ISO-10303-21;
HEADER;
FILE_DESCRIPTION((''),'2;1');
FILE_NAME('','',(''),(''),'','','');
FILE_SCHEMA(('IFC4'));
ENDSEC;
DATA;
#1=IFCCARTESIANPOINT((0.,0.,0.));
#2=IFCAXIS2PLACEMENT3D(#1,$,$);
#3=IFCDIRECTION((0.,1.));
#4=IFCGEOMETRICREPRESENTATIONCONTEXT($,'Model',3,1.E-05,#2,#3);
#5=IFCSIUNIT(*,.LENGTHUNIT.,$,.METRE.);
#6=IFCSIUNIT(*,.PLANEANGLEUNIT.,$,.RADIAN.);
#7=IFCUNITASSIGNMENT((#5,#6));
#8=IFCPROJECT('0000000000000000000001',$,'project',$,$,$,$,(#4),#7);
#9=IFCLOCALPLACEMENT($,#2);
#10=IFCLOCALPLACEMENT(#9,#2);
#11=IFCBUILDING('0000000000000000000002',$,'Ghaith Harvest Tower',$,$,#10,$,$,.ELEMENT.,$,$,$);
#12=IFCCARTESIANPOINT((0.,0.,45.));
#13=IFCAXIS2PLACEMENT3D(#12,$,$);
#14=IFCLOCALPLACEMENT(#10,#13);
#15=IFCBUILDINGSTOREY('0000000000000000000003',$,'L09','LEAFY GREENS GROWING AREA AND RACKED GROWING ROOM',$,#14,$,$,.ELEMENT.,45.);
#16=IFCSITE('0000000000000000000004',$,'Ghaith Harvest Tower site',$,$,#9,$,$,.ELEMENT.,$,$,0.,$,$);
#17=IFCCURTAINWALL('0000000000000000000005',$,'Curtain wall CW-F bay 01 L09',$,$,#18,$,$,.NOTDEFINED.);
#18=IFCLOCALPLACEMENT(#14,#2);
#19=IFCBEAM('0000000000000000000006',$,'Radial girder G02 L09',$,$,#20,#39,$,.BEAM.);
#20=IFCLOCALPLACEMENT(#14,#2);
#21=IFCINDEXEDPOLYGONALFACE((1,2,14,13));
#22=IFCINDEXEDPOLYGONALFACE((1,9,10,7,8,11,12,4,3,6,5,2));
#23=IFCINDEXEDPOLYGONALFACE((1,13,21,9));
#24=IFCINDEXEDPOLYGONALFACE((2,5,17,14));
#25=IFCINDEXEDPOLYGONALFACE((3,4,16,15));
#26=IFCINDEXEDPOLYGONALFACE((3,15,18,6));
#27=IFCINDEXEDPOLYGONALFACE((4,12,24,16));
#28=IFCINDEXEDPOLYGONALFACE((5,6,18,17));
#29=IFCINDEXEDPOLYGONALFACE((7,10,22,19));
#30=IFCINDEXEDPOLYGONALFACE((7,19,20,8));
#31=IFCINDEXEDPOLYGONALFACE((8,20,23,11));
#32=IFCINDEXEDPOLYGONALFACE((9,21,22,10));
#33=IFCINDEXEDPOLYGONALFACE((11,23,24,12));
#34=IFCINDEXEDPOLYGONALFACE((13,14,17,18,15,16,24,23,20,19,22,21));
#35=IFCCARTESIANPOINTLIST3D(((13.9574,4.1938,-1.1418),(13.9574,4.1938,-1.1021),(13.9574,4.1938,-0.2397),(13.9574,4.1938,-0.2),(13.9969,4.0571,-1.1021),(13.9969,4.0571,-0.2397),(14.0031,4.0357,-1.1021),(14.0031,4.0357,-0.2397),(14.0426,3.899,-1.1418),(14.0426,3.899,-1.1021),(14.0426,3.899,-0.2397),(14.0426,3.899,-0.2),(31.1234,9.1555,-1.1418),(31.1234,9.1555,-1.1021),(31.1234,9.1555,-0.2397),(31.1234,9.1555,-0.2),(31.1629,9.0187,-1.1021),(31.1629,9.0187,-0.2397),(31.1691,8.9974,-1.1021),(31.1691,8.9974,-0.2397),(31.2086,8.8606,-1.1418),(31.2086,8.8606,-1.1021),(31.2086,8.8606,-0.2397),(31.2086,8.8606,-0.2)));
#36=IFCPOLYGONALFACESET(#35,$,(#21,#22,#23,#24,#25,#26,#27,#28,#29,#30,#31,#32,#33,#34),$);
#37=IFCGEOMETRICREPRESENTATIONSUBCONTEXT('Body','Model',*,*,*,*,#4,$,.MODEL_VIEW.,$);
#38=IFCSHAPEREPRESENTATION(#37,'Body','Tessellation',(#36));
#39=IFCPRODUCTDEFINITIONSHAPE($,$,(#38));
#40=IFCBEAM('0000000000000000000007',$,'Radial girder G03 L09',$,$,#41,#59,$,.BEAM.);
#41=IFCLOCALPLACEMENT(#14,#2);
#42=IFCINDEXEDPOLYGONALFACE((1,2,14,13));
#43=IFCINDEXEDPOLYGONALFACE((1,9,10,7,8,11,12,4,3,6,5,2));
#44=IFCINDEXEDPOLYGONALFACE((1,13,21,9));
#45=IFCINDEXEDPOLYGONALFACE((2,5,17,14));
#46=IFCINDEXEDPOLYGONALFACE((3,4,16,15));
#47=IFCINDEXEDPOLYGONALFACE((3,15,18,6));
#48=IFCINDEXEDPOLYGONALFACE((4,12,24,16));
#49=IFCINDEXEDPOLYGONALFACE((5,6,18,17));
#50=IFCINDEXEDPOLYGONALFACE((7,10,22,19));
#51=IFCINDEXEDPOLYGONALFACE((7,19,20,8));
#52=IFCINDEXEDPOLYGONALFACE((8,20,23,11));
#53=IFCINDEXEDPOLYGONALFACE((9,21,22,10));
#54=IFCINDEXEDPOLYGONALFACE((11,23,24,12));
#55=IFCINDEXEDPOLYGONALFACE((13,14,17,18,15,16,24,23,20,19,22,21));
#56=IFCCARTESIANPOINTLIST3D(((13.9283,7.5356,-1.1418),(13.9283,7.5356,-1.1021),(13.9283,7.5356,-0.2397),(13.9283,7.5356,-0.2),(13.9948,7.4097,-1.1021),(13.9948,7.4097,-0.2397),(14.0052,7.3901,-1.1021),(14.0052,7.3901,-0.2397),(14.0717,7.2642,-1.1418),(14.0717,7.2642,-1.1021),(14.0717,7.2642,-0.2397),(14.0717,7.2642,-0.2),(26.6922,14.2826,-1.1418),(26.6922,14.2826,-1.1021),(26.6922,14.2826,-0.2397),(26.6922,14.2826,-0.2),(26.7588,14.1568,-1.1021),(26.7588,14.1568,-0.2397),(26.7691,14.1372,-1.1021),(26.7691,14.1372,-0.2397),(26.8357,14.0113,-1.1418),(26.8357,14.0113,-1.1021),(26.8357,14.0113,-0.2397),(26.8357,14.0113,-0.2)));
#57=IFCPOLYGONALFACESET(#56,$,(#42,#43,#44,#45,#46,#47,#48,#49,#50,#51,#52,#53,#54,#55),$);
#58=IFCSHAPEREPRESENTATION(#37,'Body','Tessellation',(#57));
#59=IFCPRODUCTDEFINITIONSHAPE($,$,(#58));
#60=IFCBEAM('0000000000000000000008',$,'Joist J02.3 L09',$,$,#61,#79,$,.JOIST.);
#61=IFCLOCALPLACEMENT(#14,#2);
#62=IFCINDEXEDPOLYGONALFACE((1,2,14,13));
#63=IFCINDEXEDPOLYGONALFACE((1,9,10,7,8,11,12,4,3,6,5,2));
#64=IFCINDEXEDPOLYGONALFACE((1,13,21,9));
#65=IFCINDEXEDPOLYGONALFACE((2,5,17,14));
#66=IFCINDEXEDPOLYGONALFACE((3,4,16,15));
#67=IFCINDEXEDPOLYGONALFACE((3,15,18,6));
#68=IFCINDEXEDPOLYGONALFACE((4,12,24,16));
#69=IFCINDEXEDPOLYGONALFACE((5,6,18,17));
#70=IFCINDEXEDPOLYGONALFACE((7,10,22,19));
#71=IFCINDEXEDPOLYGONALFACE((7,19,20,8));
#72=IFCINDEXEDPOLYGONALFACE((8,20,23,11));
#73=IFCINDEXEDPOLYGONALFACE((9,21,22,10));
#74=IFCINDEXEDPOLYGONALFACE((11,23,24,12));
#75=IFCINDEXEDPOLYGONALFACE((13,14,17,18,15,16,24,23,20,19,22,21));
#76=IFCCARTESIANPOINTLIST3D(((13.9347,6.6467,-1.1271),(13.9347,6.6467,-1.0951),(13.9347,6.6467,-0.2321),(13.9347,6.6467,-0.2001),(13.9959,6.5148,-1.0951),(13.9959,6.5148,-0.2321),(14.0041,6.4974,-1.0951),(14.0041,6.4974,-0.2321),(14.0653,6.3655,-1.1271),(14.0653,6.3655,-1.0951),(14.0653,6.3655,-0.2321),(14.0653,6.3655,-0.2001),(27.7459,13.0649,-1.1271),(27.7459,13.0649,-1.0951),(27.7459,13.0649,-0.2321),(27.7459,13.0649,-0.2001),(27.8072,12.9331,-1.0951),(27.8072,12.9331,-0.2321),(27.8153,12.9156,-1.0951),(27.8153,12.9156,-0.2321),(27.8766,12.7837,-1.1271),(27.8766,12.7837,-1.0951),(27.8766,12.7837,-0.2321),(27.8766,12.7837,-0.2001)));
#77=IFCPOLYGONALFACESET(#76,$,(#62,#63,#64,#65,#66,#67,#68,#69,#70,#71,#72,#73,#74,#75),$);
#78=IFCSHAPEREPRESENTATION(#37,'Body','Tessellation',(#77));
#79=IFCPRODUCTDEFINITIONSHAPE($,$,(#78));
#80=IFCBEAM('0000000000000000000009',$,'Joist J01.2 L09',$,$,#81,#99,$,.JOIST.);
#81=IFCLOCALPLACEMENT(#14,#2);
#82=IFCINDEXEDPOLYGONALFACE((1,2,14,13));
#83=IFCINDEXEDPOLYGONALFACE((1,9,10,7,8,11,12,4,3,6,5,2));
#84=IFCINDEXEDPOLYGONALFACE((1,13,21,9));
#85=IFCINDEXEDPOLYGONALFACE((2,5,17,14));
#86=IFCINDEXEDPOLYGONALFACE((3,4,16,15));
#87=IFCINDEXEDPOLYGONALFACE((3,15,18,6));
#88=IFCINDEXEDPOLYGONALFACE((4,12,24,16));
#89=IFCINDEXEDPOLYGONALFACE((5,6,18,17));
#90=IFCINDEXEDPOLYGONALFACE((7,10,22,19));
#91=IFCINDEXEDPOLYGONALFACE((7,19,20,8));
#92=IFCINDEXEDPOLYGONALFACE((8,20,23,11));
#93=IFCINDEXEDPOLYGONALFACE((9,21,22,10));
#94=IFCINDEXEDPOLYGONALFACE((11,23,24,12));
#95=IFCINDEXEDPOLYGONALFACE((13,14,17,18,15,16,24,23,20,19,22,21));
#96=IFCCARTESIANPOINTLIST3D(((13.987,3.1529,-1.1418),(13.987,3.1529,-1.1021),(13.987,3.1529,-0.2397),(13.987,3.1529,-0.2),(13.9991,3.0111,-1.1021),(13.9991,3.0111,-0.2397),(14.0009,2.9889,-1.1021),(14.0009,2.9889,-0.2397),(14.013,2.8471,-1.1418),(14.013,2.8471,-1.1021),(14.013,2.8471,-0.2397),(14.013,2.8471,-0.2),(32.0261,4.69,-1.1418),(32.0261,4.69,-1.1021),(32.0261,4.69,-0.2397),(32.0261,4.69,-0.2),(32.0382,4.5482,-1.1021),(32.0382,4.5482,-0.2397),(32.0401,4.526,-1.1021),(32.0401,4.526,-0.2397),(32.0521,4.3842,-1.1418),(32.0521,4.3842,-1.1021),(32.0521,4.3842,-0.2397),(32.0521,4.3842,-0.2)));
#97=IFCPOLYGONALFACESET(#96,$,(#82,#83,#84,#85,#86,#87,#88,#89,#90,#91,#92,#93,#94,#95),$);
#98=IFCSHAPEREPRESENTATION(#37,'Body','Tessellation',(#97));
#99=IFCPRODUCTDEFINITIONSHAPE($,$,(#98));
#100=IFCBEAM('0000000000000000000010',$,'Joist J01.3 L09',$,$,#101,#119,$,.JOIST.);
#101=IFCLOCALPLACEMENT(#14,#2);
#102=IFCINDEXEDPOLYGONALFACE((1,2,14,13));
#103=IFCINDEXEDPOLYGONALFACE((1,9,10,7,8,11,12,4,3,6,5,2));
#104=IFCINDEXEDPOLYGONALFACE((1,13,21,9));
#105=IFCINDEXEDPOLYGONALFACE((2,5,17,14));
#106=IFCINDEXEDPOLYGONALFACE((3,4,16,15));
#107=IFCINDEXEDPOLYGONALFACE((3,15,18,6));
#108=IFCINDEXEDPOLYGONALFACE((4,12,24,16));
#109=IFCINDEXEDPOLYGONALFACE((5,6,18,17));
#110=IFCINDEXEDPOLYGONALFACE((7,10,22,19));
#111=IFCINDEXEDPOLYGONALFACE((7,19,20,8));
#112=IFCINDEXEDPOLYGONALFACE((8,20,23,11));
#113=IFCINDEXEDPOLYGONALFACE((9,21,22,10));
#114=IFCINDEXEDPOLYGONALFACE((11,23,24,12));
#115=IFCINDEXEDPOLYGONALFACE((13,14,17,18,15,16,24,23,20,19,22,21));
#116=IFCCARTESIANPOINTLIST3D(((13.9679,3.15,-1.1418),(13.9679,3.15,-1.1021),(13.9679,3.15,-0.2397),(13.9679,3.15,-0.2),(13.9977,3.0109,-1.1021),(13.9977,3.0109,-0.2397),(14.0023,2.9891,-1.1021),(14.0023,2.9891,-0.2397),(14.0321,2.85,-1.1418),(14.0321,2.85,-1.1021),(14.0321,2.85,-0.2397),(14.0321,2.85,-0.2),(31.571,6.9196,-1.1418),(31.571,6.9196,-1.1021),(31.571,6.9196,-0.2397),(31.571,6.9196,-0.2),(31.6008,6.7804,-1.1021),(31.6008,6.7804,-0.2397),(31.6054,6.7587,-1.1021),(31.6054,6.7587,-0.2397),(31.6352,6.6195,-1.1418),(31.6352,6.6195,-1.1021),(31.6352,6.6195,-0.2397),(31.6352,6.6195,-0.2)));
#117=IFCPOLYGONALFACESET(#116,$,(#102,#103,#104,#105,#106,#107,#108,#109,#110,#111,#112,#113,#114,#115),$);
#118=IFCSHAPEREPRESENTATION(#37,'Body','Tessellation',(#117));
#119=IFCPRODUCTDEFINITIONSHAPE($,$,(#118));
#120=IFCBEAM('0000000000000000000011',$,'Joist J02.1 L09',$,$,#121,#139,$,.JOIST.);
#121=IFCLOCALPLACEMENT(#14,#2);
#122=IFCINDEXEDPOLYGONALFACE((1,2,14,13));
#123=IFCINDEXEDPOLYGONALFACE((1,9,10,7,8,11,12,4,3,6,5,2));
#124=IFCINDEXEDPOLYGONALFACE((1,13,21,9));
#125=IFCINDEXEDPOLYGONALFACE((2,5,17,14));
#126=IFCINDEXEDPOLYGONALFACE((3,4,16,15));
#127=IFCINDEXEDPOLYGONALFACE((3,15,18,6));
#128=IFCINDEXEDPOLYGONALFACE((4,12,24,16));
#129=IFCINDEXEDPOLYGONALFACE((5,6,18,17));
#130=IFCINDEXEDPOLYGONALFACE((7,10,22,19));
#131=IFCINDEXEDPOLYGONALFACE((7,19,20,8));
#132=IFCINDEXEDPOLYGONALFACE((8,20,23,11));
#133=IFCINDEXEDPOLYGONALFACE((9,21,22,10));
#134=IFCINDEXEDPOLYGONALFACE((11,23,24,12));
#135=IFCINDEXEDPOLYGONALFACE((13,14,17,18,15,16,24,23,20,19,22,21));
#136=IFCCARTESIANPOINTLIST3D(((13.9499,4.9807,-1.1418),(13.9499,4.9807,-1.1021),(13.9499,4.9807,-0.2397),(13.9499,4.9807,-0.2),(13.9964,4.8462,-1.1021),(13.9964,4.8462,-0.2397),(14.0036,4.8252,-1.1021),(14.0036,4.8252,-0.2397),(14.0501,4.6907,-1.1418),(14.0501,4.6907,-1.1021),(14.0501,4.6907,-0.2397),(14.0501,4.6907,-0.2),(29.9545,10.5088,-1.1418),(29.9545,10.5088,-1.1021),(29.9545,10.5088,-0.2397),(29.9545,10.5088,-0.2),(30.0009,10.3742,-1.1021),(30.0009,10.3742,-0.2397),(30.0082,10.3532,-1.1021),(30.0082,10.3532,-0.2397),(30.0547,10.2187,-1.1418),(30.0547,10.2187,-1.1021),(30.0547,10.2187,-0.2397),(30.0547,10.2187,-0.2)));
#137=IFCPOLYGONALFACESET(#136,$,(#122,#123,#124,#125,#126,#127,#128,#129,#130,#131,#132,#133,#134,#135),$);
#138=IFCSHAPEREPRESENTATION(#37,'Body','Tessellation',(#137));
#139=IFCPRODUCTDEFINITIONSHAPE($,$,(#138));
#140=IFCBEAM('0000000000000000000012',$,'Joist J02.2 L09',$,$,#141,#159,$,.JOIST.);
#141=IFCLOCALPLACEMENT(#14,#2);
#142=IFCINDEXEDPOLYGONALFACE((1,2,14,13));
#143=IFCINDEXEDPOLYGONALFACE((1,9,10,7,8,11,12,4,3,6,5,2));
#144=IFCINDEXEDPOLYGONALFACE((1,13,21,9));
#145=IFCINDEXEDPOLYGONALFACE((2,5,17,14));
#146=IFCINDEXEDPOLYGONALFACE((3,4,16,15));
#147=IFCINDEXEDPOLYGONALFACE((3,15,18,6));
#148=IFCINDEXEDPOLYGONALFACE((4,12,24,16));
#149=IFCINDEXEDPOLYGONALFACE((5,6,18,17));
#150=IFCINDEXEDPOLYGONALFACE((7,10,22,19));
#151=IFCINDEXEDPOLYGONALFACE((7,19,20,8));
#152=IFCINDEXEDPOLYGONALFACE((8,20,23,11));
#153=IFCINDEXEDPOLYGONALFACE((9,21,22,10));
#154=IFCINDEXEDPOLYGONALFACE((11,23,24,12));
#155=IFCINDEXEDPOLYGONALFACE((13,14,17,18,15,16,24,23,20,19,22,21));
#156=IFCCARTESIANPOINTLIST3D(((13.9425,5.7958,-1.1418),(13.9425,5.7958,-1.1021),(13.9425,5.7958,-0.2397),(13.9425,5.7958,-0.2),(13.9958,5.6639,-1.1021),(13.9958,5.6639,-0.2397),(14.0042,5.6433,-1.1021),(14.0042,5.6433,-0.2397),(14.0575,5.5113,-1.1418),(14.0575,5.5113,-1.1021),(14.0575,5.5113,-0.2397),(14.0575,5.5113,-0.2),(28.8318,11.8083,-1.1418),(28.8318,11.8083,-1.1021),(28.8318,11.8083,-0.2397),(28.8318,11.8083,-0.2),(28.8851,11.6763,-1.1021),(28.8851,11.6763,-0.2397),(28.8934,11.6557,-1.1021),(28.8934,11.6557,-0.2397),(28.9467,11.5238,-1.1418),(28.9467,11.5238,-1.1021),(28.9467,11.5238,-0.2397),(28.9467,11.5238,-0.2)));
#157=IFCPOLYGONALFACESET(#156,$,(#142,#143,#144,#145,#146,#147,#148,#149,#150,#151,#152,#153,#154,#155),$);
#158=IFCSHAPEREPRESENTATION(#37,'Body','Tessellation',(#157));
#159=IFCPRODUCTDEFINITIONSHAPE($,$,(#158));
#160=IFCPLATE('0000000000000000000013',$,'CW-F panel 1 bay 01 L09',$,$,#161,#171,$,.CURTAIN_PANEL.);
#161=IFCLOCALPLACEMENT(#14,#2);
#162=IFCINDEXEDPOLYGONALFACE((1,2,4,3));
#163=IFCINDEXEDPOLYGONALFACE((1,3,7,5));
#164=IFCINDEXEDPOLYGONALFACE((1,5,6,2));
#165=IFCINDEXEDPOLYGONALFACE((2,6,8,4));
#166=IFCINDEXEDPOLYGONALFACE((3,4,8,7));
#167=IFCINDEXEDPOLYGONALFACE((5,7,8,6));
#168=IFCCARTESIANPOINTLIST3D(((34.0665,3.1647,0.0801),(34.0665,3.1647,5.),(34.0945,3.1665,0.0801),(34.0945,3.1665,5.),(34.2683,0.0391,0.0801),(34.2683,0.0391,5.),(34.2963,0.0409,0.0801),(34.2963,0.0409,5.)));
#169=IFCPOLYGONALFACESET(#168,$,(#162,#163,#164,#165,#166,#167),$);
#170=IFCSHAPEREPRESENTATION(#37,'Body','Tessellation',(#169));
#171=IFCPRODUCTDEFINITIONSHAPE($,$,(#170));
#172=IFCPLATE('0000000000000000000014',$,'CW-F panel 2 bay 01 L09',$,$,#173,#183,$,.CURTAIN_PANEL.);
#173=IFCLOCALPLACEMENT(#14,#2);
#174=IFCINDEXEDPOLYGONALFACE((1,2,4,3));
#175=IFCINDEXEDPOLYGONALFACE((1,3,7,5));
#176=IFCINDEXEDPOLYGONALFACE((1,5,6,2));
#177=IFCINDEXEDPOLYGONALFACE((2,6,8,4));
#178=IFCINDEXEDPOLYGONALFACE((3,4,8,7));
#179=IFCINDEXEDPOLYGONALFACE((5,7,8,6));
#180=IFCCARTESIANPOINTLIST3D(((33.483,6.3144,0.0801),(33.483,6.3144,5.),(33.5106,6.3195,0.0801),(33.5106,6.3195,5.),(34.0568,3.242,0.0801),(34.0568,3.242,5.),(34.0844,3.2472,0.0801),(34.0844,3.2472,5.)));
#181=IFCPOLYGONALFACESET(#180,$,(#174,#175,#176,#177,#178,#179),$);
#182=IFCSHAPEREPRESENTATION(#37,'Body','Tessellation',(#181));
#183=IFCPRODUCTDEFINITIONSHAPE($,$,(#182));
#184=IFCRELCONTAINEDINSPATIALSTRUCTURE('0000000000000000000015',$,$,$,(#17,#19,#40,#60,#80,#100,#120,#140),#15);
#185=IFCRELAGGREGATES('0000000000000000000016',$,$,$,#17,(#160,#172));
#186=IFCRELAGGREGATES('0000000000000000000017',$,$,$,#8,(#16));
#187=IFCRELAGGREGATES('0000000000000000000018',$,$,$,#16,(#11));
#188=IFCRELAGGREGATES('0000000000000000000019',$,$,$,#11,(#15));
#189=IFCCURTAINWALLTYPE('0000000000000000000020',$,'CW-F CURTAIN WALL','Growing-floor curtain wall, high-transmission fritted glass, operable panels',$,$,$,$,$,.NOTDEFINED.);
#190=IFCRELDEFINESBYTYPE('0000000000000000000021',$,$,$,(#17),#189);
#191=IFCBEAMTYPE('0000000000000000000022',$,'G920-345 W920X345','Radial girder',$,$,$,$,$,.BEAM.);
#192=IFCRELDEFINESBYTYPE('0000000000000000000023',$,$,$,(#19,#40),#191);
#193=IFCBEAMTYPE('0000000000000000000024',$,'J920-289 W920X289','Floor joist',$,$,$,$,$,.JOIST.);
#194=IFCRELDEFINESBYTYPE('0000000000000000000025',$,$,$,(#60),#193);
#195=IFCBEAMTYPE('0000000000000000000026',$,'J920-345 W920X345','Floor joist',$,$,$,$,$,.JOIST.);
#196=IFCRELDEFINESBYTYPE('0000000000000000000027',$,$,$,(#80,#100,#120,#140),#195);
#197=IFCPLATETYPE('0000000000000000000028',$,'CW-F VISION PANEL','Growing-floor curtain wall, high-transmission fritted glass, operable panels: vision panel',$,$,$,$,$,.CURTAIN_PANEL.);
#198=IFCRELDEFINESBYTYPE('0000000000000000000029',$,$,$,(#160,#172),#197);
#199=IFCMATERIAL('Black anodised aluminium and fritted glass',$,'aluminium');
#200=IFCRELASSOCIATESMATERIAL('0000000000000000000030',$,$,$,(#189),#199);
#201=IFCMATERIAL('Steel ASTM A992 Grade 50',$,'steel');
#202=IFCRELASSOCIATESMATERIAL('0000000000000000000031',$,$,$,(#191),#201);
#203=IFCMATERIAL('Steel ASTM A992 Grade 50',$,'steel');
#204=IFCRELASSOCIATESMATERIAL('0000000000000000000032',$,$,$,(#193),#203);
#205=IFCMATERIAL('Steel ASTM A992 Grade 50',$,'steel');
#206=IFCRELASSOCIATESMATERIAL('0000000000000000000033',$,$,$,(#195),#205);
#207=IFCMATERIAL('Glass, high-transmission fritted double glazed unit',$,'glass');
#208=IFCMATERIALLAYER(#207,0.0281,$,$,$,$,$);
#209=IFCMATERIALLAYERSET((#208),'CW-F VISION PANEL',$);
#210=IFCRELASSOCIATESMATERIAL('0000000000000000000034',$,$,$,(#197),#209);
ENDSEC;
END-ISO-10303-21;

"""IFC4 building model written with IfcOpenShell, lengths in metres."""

from ifc_helpers import new_model, si_unit, direction, frame, origin, origin_2d, place, context, subcontext, project, spatial, rectangle, i_section, extrude, material, layer, layer_set, material_profile, profile_set, type_object, element, aggregate, save


model = new_model("IFC4")

# Units and contexts
model_context = context("Model", 3, precision=1e-05, world=origin(), true_north=direction((0.0, 1.0)))
body_context = subcontext(model_context, "Body", "Model", "MODEL_VIEW")
ifc_project = project(units=[si_unit("LENGTHUNIT", "METRE"), si_unit("PLANEANGLEUNIT", "RADIAN")], contexts=[model_context])

# Site, building, storey
site_placement = place(None, origin())
site = spatial("IfcSite", under=ifc_project, at=site_placement, Name="Ghaith Harvest Tower site", CompositionType="ELEMENT", RefElevation=0.0)
building_placement = place(site_placement, origin())
building = spatial("IfcBuilding", under=site, at=building_placement, Name="Ghaith Harvest Tower", CompositionType="ELEMENT")
storey_placement = place(building_placement, frame((0.0, 0.0, 45.0)))
storey = spatial("IfcBuildingStorey", under=building, at=storey_placement, Name="L09", Description="LEAFY GREENS GROWING AREA AND RACKED GROWING ROOM", CompositionType="ELEMENT", Elevation=45.0)

# Curtain wall
ifc_material_1 = material(Name="Black anodised aluminium and fritted glass", Category="aluminium")
curtain_wall_type = type_object("IfcCurtainWallType", Name="CW-F CURTAIN WALL", Description="Growing-floor curtain wall, high-transmission fritted glass, operable panels", PredefinedType="NOTDEFINED", material=ifc_material_1)
curtain_wall_1_placement = place(storey_placement, origin())
curtain_wall_1 = element("IfcCurtainWall", 1, at=curtain_wall_1_placement, inside=storey, type_object=curtain_wall_type, Name="Curtain wall CW-F bay 01 L09", PredefinedType="NOTDEFINED")

# Beams
ifc_material_2 = material(Name="Steel ASTM A992 Grade 50", Category="steel")
ifc_material_profile_1 = material_profile(ifc_material_2, i_section(OverallWidth=0.3069, OverallDepth=0.9419, WebThickness=0.0222, FlangeThickness=0.0398, at=origin_2d()), Name="W920X345")
ifc_profile_set_1 = profile_set([ifc_material_profile_1], Name="Steel ASTM A992 Grade 50")
beam_type_1 = type_object("IfcBeamType", Name="G920-345 W920X345", Description="Radial girder", PredefinedType="BEAM", material=ifc_profile_set_1)
beam_1_placement = place(storey_placement, frame((14.0, 4.0464, -0.6709), z_axis=(0.960675, 0.277674, 0.0), x_axis=(-0.277674, 0.960675, 0.0)))
element("IfcBeam", 2, at=beam_1_placement, inside=storey, type_object=beam_type_1, Name="Radial girder G02 L09", PredefinedType="BEAM", context=body_context, shape_type="SweptSolid", body=[
    extrude(i_section(OverallWidth=0.3069, OverallDepth=0.9419, WebThickness=0.0222, FlangeThickness=0.0398, at=origin_2d()), origin(), (0.0, 0.0, 1.0), 17.8687),
])
beam_2_placement = place(storey_placement, frame((14.0, 7.3999, -0.6709), z_axis=(0.884083, 0.467331, 0.0), x_axis=(-0.467331, 0.884083, 0.0)))
element("IfcBeam", 3, at=beam_2_placement, inside=storey, type_object=beam_type_1, Name="Radial girder G03 L09", PredefinedType="BEAM", context=body_context, shape_type="SweptSolid", body=[
    extrude(i_section(OverallWidth=0.3069, OverallDepth=0.9419, WebThickness=0.0222, FlangeThickness=0.0398, at=origin_2d()), origin(), (0.0, 0.0, 1.0), 14.4375),
])
ifc_material_3 = material(Name="Steel ASTM A992 Grade 50", Category="steel")
ifc_material_profile_2 = material_profile(ifc_material_3, i_section(OverallWidth=0.3101, OverallDepth=0.927, WebThickness=0.0193, FlangeThickness=0.032, at=origin_2d()), Name="W920X289")
ifc_profile_set_2 = profile_set([ifc_material_profile_2], Name="Steel ASTM A992 Grade 50")
beam_type_2 = type_object("IfcBeamType", Name="J920-289 W920X289", Description="Floor joist", PredefinedType="JOIST", material=ifc_profile_set_2)
beam_3_placement = place(storey_placement, frame((14.0, 6.5061, -0.6636), z_axis=(0.906863, 0.421426, 0.0), x_axis=(-0.421426, 0.906863, 0.0)))
element("IfcBeam", 4, at=beam_3_placement, inside=storey, type_object=beam_type_2, Name="Joist J02.3 L09", PredefinedType="JOIST", context=body_context, shape_type="SweptSolid", body=[
    extrude(i_section(OverallWidth=0.3101, OverallDepth=0.927, WebThickness=0.0193, FlangeThickness=0.032, at=origin_2d()), origin(), (0.0, 0.0, 1.0), 15.2297),
])
ifc_material_4 = material(Name="Steel ASTM A992 Grade 50", Category="steel")
ifc_material_profile_3 = material_profile(ifc_material_4, i_section(OverallWidth=0.3069, OverallDepth=0.9419, WebThickness=0.0222, FlangeThickness=0.0398, at=origin_2d()), Name="W920X345")
ifc_profile_set_3 = profile_set([ifc_material_profile_3], Name="Steel ASTM A992 Grade 50")
beam_type_3 = type_object("IfcBeamType", Name="J920-345 W920X345", Description="Floor joist", PredefinedType="JOIST", material=ifc_profile_set_3)
beam_4_placement = place(storey_placement, frame((14.0, 3.0, -0.6709), z_axis=(0.996389, 0.084902, 0.0), x_axis=(-0.084902, 0.996389, 0.0)))
element("IfcBeam", 5, at=beam_4_placement, inside=storey, type_object=beam_type_3, Name="Joist J01.2 L09", PredefinedType="JOIST", context=body_context, shape_type="SweptSolid", body=[
    extrude(i_section(OverallWidth=0.3069, OverallDepth=0.9419, WebThickness=0.0222, FlangeThickness=0.0398, at=origin_2d()), origin(), (0.0, 0.0, 1.0), 18.1045),
])
beam_5_placement = place(storey_placement, frame((14.0, 3.0, -0.6709), z_axis=(0.977831, 0.209394, 0.0), x_axis=(-0.209394, 0.977831, 0.0)))
element("IfcBeam", 6, at=beam_5_placement, inside=storey, type_object=beam_type_3, Name="Joist J01.3 L09", PredefinedType="JOIST", context=body_context, shape_type="SweptSolid", body=[
    extrude(i_section(OverallWidth=0.3069, OverallDepth=0.9419, WebThickness=0.0222, FlangeThickness=0.0398, at=origin_2d()), origin(), (0.0, 0.0, 1.0), 18.0022),
])
beam_6_placement = place(storey_placement, frame((14.0, 4.8357, -0.6709), z_axis=(0.945205, 0.326478, 0.0), x_axis=(-0.326478, 0.945205, 0.0)))
element("IfcBeam", 7, at=beam_6_placement, inside=storey, type_object=beam_type_3, Name="Joist J02.1 L09", PredefinedType="JOIST", context=body_context, shape_type="SweptSolid", body=[
    extrude(i_section(OverallWidth=0.3069, OverallDepth=0.9419, WebThickness=0.0222, FlangeThickness=0.0398, at=origin_2d()), origin(), (0.0, 0.0, 1.0), 16.9324),
])
beam_7_placement = place(storey_placement, frame((14.0, 5.6536, -0.6709), z_axis=(0.927252, 0.374437, 0.0), x_axis=(-0.374437, 0.927252, 0.0)))
element("IfcBeam", 8, at=beam_7_placement, inside=storey, type_object=beam_type_3, Name="Joist J02.2 L09", PredefinedType="JOIST", context=body_context, shape_type="SweptSolid", body=[
    extrude(i_section(OverallWidth=0.3069, OverallDepth=0.9419, WebThickness=0.0222, FlangeThickness=0.0398, at=origin_2d()), origin(), (0.0, 0.0, 1.0), 16.0574),
])

# Plates
ifc_material_5 = material(Name="Glass, high-transmission fritted double glazed unit", Category="glass")
ifc_layer_1 = layer(ifc_material_5, 0.0281)
ifc_layer_set_1 = layer_set([ifc_layer_1], Name="CW-F VISION PANEL")
plate_type = type_object("IfcPlateType", Name="CW-F VISION PANEL", Description="Growing-floor curtain wall, high-transmission fritted glass, operable panels: vision panel", PredefinedType="CURTAIN_PANEL", material=ifc_layer_set_1)
plate_1_placement = place(storey_placement, frame((34.1814, 1.6028, 0.0801), z_axis=(0.0, 0.0, 1.0), x_axis=(-0.064446, 0.997921, 0.0)))
plate_1 = element("IfcPlate", 9, at=plate_1_placement, type_object=plate_type, Name="CW-F panel 1 bay 01 L09", PredefinedType="CURTAIN_PANEL", context=body_context, shape_type="SweptSolid", body=[
    extrude(rectangle(XDim=3.1321, YDim=0.0281, at=origin_2d()), origin(), (0.0, 0.0, 1.0), 4.9199),
])
plate_2_placement = place(storey_placement, frame((33.7837, 4.7808, 0.0801), z_axis=(0.0, 0.0, 1.0), x_axis=(-0.183569, 0.983007, 0.0)))
plate_2 = element("IfcPlate", 10, at=plate_2_placement, type_object=plate_type, Name="CW-F panel 2 bay 01 L09", PredefinedType="CURTAIN_PANEL", context=body_context, shape_type="SweptSolid", body=[
    extrude(rectangle(XDim=3.1255, YDim=0.0281, at=origin_2d()), origin(), (0.0, 0.0, 1.0), 4.9199),
])
aggregate(curtain_wall_1, [plate_1, plate_2])

save(model, "model.ifc")
